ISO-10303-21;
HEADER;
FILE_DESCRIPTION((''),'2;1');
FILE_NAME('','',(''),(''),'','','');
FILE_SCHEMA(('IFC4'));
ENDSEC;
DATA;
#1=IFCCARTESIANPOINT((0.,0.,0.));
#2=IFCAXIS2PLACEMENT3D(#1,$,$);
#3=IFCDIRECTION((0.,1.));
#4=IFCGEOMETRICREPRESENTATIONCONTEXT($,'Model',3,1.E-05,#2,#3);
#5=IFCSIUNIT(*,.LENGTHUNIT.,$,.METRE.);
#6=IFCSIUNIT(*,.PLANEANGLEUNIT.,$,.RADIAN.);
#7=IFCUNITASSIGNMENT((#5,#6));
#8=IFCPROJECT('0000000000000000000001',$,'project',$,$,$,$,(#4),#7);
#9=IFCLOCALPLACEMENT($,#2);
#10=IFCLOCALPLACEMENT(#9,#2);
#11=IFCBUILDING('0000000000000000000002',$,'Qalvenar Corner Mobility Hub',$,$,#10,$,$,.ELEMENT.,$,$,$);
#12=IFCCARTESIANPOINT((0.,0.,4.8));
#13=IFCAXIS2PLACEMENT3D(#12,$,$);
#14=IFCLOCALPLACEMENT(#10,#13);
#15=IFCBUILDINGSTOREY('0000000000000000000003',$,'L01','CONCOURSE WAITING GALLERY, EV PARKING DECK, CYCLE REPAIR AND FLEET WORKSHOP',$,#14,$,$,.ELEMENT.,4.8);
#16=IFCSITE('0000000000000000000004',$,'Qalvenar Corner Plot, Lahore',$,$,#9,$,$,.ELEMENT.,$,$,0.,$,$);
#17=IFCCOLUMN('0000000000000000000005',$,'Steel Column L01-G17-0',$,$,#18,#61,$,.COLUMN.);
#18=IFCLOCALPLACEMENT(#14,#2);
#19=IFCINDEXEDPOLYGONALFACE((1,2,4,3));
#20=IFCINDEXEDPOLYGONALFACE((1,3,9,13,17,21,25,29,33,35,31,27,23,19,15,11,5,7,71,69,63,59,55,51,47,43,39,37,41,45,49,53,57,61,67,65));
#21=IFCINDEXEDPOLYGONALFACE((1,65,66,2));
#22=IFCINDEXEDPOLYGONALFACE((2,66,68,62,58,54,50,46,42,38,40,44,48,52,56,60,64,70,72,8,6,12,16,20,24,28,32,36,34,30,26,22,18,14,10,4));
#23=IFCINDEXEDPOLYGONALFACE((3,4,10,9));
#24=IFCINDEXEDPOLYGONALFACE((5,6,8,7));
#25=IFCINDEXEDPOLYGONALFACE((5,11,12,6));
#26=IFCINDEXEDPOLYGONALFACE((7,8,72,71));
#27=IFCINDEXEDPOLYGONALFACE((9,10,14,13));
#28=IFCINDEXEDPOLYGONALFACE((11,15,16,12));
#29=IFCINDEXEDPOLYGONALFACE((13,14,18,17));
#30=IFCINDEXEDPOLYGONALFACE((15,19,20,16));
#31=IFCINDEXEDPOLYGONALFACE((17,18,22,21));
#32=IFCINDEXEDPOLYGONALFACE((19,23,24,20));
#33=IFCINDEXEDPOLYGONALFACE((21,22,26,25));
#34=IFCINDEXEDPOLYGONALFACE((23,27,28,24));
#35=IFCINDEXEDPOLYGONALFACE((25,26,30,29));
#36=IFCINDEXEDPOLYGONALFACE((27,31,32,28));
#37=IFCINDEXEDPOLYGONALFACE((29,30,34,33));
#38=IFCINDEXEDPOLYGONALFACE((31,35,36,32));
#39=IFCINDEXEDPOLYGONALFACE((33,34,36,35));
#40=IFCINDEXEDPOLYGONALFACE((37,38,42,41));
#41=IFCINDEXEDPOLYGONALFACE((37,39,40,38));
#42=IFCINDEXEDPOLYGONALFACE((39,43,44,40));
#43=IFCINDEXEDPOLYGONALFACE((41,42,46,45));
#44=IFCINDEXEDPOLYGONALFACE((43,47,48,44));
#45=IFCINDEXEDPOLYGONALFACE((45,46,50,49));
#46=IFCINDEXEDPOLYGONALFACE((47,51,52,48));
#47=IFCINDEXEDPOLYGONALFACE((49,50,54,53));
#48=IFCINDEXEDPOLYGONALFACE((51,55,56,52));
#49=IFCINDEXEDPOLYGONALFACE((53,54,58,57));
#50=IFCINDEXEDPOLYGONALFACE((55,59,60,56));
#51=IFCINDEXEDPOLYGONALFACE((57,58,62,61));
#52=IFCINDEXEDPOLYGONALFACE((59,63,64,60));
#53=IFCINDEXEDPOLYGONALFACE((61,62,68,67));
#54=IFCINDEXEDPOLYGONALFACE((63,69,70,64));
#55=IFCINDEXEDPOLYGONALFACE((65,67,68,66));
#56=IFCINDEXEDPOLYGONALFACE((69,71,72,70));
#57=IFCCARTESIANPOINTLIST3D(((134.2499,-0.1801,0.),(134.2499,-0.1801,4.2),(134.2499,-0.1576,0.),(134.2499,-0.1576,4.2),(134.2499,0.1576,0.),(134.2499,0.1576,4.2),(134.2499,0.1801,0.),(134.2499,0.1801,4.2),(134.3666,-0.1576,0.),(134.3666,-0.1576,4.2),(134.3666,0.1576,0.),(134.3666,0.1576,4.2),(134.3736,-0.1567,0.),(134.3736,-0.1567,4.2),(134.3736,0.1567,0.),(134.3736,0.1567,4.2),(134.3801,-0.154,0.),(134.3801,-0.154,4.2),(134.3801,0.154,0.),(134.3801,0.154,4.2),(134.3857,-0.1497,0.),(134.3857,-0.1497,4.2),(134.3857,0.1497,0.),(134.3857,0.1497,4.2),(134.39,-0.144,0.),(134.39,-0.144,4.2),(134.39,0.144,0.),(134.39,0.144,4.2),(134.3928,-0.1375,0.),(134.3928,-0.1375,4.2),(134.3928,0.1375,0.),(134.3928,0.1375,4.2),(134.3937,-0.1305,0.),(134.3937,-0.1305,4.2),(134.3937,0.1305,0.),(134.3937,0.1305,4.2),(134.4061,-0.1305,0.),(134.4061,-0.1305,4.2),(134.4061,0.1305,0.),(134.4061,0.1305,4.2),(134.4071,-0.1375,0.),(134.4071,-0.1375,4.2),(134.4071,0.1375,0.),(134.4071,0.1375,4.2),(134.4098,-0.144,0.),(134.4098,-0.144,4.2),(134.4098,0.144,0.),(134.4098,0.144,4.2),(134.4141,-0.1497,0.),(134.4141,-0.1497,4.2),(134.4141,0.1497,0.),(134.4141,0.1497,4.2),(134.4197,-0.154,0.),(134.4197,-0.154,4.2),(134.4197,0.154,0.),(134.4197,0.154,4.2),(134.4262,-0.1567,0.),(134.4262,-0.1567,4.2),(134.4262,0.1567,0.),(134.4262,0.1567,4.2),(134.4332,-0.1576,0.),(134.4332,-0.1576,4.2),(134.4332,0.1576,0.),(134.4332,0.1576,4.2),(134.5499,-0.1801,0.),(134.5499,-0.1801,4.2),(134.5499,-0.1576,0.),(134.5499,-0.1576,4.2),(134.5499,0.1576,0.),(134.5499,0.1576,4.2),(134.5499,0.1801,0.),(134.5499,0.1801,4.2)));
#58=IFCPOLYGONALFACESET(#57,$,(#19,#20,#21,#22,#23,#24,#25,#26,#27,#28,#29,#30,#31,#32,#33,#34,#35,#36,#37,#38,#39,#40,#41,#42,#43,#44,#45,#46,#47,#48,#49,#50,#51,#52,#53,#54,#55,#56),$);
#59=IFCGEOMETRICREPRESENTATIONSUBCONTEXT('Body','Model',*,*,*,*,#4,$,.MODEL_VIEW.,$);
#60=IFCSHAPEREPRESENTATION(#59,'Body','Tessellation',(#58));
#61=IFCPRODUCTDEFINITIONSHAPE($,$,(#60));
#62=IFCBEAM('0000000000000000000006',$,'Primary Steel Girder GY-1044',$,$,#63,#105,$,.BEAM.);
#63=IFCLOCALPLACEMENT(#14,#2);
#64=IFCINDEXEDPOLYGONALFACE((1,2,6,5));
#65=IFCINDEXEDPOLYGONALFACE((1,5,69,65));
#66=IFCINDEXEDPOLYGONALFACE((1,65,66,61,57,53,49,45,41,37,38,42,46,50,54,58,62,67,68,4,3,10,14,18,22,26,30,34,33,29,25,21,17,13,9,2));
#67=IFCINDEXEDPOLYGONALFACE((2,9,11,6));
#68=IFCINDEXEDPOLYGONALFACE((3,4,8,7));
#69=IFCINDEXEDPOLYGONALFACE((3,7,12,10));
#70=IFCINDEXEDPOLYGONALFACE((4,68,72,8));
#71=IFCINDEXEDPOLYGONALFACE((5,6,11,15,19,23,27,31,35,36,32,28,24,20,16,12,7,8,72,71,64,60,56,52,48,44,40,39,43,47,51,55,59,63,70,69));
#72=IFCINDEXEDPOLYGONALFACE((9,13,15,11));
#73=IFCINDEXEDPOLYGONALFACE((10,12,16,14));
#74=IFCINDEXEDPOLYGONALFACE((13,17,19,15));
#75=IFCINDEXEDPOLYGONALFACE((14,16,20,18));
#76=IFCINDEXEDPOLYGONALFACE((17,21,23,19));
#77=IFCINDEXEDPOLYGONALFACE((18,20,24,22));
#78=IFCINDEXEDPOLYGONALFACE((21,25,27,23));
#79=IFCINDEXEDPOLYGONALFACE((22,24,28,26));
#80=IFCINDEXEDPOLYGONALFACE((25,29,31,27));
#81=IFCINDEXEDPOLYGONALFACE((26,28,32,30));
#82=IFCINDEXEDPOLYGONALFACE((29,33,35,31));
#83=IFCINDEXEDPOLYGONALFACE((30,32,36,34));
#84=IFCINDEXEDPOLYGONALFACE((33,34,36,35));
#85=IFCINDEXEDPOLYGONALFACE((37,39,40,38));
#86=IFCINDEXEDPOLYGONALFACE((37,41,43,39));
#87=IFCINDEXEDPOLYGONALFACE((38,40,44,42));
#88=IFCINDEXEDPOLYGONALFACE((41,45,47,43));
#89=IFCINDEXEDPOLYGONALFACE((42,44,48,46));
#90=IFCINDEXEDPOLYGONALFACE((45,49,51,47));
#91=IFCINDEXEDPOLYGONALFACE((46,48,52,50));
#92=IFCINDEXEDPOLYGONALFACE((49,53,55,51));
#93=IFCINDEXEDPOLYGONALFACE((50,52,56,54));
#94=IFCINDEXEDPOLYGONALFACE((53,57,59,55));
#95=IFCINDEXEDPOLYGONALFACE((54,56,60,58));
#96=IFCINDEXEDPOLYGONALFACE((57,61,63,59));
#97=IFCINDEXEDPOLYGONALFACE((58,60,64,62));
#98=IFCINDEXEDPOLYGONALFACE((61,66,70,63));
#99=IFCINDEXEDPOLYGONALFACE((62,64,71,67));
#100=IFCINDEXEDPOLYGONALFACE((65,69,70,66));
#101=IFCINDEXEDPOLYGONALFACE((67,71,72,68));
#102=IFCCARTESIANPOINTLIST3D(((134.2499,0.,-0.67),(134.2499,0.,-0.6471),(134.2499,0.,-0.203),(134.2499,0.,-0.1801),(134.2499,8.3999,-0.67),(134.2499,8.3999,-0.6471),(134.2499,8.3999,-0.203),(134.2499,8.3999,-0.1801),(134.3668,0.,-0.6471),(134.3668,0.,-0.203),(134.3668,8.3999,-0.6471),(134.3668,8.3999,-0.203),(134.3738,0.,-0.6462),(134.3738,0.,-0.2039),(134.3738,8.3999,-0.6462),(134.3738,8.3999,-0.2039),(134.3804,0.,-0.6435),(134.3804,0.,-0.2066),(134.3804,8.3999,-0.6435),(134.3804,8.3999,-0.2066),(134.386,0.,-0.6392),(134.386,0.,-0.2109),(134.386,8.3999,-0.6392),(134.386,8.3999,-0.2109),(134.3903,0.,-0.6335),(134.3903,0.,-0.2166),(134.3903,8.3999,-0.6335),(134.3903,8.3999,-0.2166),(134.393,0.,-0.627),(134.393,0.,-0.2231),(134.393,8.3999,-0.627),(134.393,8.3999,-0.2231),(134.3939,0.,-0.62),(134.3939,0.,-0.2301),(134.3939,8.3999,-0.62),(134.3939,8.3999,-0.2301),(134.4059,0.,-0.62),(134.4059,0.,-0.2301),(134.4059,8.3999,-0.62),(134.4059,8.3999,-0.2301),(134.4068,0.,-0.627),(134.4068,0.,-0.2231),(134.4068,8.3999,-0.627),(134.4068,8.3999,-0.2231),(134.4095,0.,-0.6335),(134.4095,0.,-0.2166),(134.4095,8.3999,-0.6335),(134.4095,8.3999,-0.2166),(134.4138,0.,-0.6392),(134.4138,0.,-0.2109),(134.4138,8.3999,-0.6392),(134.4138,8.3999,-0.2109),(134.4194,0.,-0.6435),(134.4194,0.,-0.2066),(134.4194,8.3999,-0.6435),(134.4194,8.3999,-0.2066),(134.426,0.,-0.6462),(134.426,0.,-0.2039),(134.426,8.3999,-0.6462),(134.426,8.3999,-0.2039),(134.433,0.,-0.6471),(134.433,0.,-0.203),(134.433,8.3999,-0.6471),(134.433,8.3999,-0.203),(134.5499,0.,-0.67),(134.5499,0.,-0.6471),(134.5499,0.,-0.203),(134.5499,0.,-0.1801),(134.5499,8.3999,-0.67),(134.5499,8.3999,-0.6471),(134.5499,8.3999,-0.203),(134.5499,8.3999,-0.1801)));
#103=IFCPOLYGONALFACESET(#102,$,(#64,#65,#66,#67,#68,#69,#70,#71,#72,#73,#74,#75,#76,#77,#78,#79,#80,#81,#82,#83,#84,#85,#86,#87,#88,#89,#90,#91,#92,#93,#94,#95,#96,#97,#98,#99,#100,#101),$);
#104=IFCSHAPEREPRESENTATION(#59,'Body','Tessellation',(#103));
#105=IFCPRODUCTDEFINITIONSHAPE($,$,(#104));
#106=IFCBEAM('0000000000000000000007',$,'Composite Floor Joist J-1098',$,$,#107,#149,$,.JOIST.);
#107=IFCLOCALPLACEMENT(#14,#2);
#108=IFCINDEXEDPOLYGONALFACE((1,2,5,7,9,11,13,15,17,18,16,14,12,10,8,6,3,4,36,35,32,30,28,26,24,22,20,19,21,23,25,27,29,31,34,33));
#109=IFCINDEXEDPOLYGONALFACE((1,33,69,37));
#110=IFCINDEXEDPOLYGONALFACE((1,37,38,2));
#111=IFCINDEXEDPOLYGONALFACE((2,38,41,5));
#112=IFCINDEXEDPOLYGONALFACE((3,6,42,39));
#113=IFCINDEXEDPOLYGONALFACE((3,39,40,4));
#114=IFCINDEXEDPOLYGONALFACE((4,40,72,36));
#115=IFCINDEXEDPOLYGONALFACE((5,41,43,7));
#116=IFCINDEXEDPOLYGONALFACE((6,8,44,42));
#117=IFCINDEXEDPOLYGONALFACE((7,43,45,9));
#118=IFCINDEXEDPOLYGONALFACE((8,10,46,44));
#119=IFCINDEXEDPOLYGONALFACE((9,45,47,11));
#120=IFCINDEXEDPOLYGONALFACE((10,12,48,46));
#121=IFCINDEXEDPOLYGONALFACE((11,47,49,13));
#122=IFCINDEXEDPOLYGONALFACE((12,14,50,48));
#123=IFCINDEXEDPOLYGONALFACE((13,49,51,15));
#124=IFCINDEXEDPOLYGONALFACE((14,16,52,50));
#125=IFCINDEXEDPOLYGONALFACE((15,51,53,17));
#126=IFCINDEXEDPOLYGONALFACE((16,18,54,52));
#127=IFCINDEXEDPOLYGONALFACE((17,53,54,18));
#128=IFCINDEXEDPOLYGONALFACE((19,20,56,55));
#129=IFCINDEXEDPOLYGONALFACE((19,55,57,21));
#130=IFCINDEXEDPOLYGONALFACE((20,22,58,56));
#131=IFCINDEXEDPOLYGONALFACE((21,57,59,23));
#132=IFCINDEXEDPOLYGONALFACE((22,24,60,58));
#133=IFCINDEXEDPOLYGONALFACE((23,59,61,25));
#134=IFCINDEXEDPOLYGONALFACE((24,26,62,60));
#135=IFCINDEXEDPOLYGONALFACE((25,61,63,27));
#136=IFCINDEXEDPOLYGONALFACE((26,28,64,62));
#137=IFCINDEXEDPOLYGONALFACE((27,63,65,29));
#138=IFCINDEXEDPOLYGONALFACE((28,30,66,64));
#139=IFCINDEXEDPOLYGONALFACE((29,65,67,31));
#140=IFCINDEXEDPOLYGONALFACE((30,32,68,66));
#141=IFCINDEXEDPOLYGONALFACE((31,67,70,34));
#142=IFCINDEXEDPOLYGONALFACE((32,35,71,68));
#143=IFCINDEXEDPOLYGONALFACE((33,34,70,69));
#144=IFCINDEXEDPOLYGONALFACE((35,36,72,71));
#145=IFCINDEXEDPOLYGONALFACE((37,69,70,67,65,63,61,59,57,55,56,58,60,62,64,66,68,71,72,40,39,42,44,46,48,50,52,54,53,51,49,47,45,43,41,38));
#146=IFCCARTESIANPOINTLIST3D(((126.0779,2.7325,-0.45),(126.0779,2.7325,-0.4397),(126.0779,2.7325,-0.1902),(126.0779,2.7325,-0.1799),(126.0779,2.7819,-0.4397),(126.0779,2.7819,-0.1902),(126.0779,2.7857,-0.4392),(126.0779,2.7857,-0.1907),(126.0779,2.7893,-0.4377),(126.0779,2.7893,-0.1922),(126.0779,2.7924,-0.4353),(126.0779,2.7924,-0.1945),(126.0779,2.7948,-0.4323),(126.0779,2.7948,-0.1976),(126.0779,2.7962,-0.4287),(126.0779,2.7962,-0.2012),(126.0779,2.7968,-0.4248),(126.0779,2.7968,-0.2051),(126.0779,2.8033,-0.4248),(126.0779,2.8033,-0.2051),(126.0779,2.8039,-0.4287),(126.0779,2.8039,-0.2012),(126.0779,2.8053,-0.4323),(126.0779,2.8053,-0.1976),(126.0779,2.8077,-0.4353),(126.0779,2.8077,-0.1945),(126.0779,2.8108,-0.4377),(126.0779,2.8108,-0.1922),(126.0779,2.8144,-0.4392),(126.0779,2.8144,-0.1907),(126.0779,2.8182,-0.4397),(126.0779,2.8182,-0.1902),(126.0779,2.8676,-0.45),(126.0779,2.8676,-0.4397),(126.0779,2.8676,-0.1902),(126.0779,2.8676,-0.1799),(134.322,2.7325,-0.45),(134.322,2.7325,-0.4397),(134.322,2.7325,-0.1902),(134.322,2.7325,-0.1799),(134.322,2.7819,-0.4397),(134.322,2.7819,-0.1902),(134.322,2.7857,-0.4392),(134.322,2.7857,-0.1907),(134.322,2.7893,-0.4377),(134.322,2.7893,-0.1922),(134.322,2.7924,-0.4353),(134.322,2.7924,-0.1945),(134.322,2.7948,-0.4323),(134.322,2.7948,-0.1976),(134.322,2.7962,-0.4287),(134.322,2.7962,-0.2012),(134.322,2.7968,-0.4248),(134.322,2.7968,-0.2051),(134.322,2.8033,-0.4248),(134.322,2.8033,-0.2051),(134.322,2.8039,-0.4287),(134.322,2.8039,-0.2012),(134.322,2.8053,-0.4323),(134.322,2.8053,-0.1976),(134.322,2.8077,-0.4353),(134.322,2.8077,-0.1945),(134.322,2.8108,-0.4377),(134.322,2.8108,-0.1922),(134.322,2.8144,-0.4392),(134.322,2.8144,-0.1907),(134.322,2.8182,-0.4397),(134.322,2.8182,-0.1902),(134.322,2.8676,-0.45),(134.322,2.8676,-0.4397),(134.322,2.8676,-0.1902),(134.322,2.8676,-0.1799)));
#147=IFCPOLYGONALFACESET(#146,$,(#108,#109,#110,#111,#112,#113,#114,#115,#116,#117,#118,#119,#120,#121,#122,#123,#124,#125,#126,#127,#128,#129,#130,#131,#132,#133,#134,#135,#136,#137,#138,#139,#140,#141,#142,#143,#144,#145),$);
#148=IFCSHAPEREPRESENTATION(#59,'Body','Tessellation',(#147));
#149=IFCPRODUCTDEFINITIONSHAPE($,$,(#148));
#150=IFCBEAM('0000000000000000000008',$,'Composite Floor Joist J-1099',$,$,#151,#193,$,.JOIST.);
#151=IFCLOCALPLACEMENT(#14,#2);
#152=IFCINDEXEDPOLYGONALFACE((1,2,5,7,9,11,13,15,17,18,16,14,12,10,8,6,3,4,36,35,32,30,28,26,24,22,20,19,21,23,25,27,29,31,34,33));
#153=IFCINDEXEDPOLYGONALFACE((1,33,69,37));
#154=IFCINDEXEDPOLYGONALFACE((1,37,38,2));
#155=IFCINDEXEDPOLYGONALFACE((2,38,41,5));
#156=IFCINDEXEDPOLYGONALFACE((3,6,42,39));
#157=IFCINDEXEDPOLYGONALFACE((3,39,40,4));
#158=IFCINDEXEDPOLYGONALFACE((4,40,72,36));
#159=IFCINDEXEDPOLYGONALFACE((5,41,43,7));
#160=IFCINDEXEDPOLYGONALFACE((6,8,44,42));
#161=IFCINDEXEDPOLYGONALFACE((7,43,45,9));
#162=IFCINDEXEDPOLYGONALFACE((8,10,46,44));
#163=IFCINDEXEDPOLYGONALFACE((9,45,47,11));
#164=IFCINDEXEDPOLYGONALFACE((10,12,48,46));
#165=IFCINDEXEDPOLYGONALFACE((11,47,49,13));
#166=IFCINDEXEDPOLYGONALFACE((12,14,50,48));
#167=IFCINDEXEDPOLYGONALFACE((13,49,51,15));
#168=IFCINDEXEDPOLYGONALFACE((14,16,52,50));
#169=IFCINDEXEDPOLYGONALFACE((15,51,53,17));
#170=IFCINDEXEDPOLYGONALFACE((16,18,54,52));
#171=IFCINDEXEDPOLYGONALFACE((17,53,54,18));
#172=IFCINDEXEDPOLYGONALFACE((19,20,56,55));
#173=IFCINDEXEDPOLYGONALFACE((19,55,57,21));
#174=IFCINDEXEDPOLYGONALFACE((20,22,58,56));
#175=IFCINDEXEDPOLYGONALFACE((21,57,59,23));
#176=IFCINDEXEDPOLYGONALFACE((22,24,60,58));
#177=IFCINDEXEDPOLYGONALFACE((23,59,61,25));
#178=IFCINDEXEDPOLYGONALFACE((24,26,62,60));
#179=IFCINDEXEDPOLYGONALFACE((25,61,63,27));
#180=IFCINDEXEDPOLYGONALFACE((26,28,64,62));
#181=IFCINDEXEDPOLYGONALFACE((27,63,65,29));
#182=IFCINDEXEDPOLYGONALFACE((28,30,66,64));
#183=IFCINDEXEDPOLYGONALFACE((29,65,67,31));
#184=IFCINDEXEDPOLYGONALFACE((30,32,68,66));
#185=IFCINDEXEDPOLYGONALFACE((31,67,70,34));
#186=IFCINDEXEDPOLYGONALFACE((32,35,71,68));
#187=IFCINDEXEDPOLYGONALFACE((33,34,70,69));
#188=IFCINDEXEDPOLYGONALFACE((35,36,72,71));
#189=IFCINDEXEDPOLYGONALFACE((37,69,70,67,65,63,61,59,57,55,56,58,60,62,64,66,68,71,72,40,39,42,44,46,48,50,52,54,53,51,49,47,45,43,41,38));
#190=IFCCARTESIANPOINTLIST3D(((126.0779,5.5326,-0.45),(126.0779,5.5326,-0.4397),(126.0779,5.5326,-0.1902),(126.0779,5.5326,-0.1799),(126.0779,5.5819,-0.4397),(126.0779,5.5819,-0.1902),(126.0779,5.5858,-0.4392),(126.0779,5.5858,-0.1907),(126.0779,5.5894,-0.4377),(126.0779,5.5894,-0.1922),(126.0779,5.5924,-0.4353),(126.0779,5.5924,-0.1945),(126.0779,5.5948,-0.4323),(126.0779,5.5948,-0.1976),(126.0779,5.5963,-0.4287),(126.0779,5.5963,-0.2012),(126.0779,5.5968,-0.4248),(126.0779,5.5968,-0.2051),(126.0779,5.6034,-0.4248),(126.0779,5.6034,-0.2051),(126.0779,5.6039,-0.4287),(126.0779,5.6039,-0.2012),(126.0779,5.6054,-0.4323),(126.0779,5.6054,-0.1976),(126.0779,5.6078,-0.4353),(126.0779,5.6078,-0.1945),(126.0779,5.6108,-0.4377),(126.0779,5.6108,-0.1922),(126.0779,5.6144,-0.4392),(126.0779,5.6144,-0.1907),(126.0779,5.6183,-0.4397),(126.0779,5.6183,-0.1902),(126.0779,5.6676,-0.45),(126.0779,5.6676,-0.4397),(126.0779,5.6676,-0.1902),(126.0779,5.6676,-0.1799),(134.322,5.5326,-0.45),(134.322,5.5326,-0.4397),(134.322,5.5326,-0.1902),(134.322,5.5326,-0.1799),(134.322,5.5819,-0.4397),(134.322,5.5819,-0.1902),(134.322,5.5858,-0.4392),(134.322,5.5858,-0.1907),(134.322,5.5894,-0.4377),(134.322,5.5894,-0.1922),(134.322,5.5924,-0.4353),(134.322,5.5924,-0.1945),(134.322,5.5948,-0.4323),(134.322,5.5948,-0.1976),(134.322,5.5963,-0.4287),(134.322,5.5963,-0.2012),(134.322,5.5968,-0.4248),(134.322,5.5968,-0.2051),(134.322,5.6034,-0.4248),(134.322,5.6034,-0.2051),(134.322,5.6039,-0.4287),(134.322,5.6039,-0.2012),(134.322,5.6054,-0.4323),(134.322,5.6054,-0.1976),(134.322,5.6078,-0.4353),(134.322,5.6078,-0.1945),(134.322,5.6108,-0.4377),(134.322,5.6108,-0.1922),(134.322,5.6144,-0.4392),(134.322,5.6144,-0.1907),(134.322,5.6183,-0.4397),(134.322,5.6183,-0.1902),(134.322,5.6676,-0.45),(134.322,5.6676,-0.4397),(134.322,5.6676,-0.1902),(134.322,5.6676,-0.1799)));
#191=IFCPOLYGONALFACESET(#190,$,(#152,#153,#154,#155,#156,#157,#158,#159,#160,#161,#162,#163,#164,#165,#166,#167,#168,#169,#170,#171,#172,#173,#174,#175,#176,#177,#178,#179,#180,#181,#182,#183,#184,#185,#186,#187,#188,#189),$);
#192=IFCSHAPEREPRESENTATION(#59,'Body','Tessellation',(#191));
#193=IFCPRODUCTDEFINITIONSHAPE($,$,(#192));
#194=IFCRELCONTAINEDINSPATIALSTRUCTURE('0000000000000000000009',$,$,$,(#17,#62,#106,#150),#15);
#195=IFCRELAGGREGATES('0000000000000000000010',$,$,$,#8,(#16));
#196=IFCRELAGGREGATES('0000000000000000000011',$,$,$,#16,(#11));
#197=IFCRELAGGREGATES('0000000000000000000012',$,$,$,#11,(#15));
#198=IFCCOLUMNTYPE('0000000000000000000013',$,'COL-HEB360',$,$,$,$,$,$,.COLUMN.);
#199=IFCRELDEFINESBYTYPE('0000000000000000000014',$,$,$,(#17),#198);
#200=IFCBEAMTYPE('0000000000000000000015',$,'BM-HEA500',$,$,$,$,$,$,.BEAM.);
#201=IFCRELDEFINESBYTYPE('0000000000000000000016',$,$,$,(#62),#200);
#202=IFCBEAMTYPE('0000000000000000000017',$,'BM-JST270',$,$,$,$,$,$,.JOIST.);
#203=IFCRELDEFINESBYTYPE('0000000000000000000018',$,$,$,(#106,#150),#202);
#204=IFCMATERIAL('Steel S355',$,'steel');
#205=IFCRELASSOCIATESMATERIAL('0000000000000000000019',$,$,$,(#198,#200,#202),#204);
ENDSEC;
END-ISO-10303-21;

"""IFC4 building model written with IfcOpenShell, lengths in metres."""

from ifc_helpers import new_model, si_unit, direction, frame, origin, origin_2d, place, context, subcontext, project, spatial, i_section, extrude, material, material_profile, profile_set, type_object, element, save


model = new_model("IFC4")

# Units and contexts
model_context = context("Model", 3, precision=1e-05, world=origin(), true_north=direction((0.0, 1.0)))
body_context = subcontext(model_context, "Body", "Model", "MODEL_VIEW")
ifc_project = project(units=[si_unit("LENGTHUNIT", "METRE"), si_unit("PLANEANGLEUNIT", "RADIAN")], contexts=[model_context])

# Site, building, storey
site_placement = place(None, origin())
site = spatial("IfcSite", under=ifc_project, at=site_placement, Name="Qalvenar Corner Plot, Lahore", CompositionType="ELEMENT", RefElevation=0.0)
building_placement = place(site_placement, origin())
building = spatial("IfcBuilding", under=site, at=building_placement, Name="Qalvenar Corner Mobility Hub", CompositionType="ELEMENT")
storey_placement = place(building_placement, frame((0.0, 0.0, 4.8)))
storey = spatial("IfcBuildingStorey", under=building, at=storey_placement, Name="L01", Description="CONCOURSE WAITING GALLERY, EV PARKING DECK, CYCLE REPAIR AND FLEET WORKSHOP", CompositionType="ELEMENT", Elevation=4.8)

# Column
ifc_material_1 = material(Name="Steel S355", Category="steel")
ifc_material_profile_1 = material_profile(ifc_material_1, i_section(OverallWidth=0.3, OverallDepth=0.3601, WebThickness=0.0125, FlangeThickness=0.0225, FilletRadius=0.0271, at=origin_2d()), Name="HEB360")
ifc_profile_set_1 = profile_set([ifc_material_profile_1], Name="Steel S355")
column_type = type_object("IfcColumnType", Name="COL-HEB360", PredefinedType="COLUMN", material=ifc_profile_set_1)
column_placement = place(storey_placement, frame((134.3999, 0.0, 0.0), z_axis=(0.0, 0.0, 1.0), x_axis=(1.0, 0.0, 0.0)))
element("IfcColumn", 1, at=column_placement, inside=storey, type_object=column_type, Name="Steel Column L01-G17-0", PredefinedType="COLUMN", context=body_context, shape_type="SweptSolid", body=[
    extrude(i_section(OverallWidth=0.3, OverallDepth=0.3601, WebThickness=0.0125, FlangeThickness=0.0225, FilletRadius=0.0271, at=origin_2d()), origin(), (0.0, 0.0, 1.0), 4.2),
])

# Beams
ifc_material_profile_2 = material_profile(ifc_material_1, i_section(OverallWidth=0.3, OverallDepth=0.49, WebThickness=0.012, FlangeThickness=0.0229, FilletRadius=0.0271, at=origin_2d()), Name="HEA500")
ifc_profile_set_2 = profile_set([ifc_material_profile_2], Name="Steel S355")
beam_type_1 = type_object("IfcBeamType", Name="BM-HEA500", PredefinedType="BEAM", material=ifc_profile_set_2)
beam_1_placement = place(storey_placement, frame((134.3999, 0.0, -0.425), z_axis=(0.0, 1.0, 0.0), x_axis=(-1.0, 0.0, 0.0)))
element("IfcBeam", 2, at=beam_1_placement, inside=storey, type_object=beam_type_1, Name="Primary Steel Girder GY-1044", PredefinedType="BEAM", context=body_context, shape_type="SweptSolid", body=[
    extrude(i_section(OverallWidth=0.3, OverallDepth=0.49, WebThickness=0.012, FlangeThickness=0.0229, FilletRadius=0.0271, at=origin_2d()), origin(), (0.0, 0.0, 1.0), 8.3999),
])
ifc_material_profile_3 = material_profile(ifc_material_1, i_section(OverallWidth=0.135, OverallDepth=0.27, WebThickness=0.0066, FlangeThickness=0.0103, FilletRadius=0.0149, at=origin_2d()), Name="IPE270")
ifc_profile_set_3 = profile_set([ifc_material_profile_3], Name="Steel S355")
beam_type_2 = type_object("IfcBeamType", Name="BM-JST270", PredefinedType="JOIST", material=ifc_profile_set_3)
for number, where, z_axis, x_axis, name in (
    (3, (126.0779, 2.8, -0.3149), (1.0, 0.0, 0.0), (0.0, 1.0, 0.0), "Composite Floor Joist J-1098"),
    (4, (126.0779, 5.6001, -0.3149), (1.0, 0.0, 0.0), (0.0, 1.0, 0.0), "Composite Floor Joist J-1099"),
):
    element("IfcBeam", number, at=place(storey_placement, frame(where, z_axis=z_axis, x_axis=x_axis)), inside=storey, type_object=beam_type_2, Name=name, PredefinedType="JOIST", context=body_context, shape_type="SweptSolid", body=[
        extrude(i_section(OverallWidth=0.135, OverallDepth=0.27, WebThickness=0.0066, FlangeThickness=0.0103, FilletRadius=0.0149, at=origin_2d()), origin(), (0.0, 0.0, 1.0), 8.2441),
    ])

save(model, "model.ifc")
